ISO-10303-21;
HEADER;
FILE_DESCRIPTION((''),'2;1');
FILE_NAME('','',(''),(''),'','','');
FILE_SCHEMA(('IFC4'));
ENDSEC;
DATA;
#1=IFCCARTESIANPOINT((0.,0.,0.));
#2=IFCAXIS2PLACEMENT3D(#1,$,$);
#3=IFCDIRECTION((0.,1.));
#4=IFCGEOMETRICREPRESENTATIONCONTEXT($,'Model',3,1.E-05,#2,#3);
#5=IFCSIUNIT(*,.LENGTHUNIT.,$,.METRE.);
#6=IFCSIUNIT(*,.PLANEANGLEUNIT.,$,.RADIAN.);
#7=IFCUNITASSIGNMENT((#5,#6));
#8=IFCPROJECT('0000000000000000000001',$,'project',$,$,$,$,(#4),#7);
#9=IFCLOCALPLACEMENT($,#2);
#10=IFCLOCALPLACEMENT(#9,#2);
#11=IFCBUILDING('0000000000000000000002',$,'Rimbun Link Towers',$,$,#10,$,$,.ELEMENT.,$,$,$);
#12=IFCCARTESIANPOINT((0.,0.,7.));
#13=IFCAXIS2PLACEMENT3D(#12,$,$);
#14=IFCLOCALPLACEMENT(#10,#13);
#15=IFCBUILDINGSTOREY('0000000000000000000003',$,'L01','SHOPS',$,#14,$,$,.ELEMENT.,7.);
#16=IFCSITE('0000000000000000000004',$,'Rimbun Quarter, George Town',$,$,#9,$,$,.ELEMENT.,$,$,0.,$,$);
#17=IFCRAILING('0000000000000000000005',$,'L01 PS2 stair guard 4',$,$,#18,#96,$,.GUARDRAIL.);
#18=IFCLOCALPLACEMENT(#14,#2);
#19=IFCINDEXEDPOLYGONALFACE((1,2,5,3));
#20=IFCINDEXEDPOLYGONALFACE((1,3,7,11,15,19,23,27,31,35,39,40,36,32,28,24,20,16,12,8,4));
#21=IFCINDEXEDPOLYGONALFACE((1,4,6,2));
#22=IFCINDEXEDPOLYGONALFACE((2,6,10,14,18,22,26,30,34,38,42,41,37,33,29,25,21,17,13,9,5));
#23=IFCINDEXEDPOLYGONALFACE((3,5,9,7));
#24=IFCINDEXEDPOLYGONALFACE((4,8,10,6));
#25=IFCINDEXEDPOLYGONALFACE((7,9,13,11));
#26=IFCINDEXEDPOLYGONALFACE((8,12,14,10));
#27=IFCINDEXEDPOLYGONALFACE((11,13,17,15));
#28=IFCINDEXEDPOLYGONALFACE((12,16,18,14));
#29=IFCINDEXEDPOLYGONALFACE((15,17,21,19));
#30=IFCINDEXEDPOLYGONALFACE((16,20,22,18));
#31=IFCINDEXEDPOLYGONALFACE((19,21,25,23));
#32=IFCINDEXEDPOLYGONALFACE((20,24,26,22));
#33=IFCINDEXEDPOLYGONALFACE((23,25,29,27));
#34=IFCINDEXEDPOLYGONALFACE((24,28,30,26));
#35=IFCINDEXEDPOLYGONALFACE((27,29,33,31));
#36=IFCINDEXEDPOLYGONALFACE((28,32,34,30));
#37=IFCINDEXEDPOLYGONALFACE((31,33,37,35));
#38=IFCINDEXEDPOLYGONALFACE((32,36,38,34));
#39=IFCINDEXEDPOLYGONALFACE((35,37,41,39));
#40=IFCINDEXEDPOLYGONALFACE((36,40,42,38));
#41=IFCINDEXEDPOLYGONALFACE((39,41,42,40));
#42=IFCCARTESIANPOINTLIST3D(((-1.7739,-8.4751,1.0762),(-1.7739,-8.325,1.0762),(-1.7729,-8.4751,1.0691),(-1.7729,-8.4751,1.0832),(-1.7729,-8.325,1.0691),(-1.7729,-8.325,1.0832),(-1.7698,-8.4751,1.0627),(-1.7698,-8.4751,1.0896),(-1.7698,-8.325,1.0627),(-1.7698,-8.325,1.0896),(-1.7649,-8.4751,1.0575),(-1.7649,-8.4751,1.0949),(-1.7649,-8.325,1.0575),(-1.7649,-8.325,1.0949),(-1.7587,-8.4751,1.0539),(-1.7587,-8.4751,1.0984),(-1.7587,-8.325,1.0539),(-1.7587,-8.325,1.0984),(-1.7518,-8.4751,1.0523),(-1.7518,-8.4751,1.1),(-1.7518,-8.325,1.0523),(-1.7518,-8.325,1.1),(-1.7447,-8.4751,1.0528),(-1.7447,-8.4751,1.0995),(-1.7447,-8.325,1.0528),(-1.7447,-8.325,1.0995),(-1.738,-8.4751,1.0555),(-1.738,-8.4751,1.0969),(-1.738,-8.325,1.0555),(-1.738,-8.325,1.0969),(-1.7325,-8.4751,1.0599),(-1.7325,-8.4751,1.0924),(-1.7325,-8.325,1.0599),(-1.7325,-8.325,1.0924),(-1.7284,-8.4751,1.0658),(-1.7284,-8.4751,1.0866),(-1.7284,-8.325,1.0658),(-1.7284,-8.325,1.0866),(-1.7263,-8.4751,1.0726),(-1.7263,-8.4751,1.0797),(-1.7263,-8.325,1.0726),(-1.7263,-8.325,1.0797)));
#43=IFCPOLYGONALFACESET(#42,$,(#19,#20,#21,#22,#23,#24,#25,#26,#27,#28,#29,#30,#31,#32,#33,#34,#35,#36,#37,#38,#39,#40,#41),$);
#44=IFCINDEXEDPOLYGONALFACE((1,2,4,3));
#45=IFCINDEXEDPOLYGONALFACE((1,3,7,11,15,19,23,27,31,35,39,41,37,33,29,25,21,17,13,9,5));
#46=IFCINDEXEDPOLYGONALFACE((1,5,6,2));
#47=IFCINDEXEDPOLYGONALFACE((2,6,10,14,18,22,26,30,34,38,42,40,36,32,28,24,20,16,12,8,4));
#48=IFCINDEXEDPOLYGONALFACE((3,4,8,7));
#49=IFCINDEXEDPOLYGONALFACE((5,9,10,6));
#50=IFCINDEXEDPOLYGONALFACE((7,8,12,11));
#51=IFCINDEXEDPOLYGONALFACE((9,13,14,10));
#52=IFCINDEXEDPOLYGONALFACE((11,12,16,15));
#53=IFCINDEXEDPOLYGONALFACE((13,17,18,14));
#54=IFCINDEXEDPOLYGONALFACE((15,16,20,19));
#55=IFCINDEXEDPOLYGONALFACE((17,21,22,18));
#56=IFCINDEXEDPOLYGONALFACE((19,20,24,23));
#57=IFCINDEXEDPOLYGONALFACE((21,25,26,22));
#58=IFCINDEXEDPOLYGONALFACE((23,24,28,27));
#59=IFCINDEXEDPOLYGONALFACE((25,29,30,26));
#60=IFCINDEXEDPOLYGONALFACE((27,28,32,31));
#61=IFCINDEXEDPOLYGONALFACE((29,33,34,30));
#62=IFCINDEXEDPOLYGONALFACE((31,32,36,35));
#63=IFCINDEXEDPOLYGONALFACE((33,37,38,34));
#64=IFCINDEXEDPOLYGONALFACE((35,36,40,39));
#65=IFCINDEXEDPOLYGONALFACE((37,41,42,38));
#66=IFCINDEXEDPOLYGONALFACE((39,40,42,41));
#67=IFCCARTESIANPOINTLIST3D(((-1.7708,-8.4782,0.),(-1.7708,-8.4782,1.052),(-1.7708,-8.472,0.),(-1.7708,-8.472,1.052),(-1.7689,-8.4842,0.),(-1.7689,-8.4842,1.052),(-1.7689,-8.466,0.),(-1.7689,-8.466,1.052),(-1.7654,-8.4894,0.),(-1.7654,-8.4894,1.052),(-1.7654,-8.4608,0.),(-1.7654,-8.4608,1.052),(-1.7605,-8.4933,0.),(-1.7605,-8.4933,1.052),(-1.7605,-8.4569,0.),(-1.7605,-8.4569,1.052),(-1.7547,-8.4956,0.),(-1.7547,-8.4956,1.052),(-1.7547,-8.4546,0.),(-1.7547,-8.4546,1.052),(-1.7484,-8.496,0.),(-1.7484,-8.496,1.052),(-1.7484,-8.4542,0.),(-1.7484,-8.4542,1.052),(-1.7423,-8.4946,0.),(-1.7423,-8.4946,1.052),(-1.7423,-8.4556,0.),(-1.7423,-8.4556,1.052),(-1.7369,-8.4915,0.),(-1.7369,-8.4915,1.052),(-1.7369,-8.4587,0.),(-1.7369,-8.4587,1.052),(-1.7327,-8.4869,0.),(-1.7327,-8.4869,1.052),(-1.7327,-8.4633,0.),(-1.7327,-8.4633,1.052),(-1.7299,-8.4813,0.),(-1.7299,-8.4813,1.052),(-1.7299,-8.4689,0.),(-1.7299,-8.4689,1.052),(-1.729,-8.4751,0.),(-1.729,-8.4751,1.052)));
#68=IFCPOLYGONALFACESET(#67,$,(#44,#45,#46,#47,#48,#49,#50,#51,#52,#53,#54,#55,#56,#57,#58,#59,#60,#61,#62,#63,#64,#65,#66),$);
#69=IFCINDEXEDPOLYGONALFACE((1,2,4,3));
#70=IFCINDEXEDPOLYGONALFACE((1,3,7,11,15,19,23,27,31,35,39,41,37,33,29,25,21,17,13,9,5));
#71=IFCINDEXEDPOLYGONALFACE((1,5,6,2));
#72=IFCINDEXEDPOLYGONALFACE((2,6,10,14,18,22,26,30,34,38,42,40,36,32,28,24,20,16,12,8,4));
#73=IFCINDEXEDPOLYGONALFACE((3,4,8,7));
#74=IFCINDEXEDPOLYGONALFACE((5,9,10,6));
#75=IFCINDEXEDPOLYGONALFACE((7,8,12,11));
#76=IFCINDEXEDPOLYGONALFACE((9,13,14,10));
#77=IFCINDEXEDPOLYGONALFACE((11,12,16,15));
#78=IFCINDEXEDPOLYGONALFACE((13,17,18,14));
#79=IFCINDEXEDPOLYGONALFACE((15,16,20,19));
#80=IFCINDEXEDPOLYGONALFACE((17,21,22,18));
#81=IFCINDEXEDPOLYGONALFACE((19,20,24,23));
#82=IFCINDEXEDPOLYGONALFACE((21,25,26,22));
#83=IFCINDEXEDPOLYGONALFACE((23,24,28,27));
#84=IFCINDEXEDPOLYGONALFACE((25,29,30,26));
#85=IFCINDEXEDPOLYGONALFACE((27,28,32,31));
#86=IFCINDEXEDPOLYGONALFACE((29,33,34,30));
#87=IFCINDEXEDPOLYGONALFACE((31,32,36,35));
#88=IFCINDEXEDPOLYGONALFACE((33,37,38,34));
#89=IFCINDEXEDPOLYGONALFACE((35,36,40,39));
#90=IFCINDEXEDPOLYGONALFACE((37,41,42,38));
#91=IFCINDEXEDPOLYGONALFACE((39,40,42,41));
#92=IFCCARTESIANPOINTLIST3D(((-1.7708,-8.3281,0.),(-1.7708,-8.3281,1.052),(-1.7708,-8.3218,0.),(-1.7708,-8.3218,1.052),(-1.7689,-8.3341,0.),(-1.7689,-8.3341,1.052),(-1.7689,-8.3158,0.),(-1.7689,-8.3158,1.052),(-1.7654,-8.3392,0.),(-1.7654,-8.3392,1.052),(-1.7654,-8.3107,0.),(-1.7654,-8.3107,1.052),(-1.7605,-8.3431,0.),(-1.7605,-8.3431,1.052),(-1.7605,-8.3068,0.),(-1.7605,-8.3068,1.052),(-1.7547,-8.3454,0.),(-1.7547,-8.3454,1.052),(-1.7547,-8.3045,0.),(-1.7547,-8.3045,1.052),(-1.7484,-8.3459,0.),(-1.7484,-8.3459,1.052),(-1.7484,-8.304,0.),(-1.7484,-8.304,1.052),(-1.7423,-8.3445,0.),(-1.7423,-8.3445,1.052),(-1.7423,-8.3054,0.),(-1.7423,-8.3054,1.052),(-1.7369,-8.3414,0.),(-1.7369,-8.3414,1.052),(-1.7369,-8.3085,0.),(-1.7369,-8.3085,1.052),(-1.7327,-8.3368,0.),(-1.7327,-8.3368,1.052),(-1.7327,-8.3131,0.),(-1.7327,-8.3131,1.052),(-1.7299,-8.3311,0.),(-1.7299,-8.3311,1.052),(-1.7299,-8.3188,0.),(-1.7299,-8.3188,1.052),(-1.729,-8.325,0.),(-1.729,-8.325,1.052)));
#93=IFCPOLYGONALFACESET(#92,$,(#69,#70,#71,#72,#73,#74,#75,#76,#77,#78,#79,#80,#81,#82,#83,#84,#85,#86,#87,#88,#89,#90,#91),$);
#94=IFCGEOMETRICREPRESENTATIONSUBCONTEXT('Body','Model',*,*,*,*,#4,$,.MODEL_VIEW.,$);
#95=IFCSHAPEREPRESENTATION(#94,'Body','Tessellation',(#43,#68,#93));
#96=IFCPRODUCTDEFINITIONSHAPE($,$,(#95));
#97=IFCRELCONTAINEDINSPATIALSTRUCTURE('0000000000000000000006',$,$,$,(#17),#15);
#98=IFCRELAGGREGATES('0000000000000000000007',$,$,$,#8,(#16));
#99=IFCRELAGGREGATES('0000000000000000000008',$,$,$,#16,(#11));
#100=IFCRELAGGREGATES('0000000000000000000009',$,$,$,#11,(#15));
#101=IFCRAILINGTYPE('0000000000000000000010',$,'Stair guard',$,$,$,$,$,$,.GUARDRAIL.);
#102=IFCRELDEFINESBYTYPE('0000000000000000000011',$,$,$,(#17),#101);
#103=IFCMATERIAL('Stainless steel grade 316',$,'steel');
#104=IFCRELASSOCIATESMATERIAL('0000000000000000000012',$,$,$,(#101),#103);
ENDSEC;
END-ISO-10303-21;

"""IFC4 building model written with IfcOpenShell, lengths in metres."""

from ifc_helpers import new_model, si_unit, direction, frame, origin, origin_2d, place, context, subcontext, project, spatial, circle, extrude, material, type_object, element, save


model = new_model("IFC4")

# Units and contexts
model_context = context("Model", 3, precision=1e-05, world=origin(), true_north=direction((0.0, 1.0)))
body_context = subcontext(model_context, "Body", "Model", "MODEL_VIEW")
ifc_project = project(units=[si_unit("LENGTHUNIT", "METRE"), si_unit("PLANEANGLEUNIT", "RADIAN")], contexts=[model_context])

# Site, building, storey
site_placement = place(None, origin())
site = spatial("IfcSite", under=ifc_project, at=site_placement, Name="Rimbun Quarter, George Town", CompositionType="ELEMENT", RefElevation=0.0)
building_placement = place(site_placement, origin())
building = spatial("IfcBuilding", under=site, at=building_placement, Name="Rimbun Link Towers", CompositionType="ELEMENT")
storey_placement = place(building_placement, frame((0.0, 0.0, 7.0)))
storey = spatial("IfcBuildingStorey", under=building, at=storey_placement, Name="L01", Description="SHOPS", CompositionType="ELEMENT", Elevation=7.0)

# Railing
ifc_material_1 = material(Name="Stainless steel grade 316", Category="steel")
railing_type_1 = type_object("IfcRailingType", Name="Stair guard", PredefinedType="GUARDRAIL", material=ifc_material_1)
railing_1_placement = place(storey_placement, frame((-1.75, -8.4751, 0.0)))
element("IfcRailing", 1, at=railing_1_placement, inside=storey, type_object=railing_type_1, Name="L01 PS2 stair guard 4", PredefinedType="GUARDRAIL", context=body_context, shape_type="SweptSolid", body=[
    extrude(circle(Radius=0.0239, at=origin_2d()), frame((0.0, 0.0, 1.0762), z_axis=(0.0, 1.0, 0.0), x_axis=(-1.0, 0.0, 0.0)), (0.0, 0.0, 1.0), 0.1501),
    extrude(circle(Radius=0.021, at=origin_2d()), origin(), (0.0, 0.0, 1.0), 1.052),
    extrude(circle(Radius=0.021, at=origin_2d()), frame((0.0, 0.1501, 0.0)), (0.0, 0.0, 1.0), 1.052),
])

save(model, "model.ifc")
